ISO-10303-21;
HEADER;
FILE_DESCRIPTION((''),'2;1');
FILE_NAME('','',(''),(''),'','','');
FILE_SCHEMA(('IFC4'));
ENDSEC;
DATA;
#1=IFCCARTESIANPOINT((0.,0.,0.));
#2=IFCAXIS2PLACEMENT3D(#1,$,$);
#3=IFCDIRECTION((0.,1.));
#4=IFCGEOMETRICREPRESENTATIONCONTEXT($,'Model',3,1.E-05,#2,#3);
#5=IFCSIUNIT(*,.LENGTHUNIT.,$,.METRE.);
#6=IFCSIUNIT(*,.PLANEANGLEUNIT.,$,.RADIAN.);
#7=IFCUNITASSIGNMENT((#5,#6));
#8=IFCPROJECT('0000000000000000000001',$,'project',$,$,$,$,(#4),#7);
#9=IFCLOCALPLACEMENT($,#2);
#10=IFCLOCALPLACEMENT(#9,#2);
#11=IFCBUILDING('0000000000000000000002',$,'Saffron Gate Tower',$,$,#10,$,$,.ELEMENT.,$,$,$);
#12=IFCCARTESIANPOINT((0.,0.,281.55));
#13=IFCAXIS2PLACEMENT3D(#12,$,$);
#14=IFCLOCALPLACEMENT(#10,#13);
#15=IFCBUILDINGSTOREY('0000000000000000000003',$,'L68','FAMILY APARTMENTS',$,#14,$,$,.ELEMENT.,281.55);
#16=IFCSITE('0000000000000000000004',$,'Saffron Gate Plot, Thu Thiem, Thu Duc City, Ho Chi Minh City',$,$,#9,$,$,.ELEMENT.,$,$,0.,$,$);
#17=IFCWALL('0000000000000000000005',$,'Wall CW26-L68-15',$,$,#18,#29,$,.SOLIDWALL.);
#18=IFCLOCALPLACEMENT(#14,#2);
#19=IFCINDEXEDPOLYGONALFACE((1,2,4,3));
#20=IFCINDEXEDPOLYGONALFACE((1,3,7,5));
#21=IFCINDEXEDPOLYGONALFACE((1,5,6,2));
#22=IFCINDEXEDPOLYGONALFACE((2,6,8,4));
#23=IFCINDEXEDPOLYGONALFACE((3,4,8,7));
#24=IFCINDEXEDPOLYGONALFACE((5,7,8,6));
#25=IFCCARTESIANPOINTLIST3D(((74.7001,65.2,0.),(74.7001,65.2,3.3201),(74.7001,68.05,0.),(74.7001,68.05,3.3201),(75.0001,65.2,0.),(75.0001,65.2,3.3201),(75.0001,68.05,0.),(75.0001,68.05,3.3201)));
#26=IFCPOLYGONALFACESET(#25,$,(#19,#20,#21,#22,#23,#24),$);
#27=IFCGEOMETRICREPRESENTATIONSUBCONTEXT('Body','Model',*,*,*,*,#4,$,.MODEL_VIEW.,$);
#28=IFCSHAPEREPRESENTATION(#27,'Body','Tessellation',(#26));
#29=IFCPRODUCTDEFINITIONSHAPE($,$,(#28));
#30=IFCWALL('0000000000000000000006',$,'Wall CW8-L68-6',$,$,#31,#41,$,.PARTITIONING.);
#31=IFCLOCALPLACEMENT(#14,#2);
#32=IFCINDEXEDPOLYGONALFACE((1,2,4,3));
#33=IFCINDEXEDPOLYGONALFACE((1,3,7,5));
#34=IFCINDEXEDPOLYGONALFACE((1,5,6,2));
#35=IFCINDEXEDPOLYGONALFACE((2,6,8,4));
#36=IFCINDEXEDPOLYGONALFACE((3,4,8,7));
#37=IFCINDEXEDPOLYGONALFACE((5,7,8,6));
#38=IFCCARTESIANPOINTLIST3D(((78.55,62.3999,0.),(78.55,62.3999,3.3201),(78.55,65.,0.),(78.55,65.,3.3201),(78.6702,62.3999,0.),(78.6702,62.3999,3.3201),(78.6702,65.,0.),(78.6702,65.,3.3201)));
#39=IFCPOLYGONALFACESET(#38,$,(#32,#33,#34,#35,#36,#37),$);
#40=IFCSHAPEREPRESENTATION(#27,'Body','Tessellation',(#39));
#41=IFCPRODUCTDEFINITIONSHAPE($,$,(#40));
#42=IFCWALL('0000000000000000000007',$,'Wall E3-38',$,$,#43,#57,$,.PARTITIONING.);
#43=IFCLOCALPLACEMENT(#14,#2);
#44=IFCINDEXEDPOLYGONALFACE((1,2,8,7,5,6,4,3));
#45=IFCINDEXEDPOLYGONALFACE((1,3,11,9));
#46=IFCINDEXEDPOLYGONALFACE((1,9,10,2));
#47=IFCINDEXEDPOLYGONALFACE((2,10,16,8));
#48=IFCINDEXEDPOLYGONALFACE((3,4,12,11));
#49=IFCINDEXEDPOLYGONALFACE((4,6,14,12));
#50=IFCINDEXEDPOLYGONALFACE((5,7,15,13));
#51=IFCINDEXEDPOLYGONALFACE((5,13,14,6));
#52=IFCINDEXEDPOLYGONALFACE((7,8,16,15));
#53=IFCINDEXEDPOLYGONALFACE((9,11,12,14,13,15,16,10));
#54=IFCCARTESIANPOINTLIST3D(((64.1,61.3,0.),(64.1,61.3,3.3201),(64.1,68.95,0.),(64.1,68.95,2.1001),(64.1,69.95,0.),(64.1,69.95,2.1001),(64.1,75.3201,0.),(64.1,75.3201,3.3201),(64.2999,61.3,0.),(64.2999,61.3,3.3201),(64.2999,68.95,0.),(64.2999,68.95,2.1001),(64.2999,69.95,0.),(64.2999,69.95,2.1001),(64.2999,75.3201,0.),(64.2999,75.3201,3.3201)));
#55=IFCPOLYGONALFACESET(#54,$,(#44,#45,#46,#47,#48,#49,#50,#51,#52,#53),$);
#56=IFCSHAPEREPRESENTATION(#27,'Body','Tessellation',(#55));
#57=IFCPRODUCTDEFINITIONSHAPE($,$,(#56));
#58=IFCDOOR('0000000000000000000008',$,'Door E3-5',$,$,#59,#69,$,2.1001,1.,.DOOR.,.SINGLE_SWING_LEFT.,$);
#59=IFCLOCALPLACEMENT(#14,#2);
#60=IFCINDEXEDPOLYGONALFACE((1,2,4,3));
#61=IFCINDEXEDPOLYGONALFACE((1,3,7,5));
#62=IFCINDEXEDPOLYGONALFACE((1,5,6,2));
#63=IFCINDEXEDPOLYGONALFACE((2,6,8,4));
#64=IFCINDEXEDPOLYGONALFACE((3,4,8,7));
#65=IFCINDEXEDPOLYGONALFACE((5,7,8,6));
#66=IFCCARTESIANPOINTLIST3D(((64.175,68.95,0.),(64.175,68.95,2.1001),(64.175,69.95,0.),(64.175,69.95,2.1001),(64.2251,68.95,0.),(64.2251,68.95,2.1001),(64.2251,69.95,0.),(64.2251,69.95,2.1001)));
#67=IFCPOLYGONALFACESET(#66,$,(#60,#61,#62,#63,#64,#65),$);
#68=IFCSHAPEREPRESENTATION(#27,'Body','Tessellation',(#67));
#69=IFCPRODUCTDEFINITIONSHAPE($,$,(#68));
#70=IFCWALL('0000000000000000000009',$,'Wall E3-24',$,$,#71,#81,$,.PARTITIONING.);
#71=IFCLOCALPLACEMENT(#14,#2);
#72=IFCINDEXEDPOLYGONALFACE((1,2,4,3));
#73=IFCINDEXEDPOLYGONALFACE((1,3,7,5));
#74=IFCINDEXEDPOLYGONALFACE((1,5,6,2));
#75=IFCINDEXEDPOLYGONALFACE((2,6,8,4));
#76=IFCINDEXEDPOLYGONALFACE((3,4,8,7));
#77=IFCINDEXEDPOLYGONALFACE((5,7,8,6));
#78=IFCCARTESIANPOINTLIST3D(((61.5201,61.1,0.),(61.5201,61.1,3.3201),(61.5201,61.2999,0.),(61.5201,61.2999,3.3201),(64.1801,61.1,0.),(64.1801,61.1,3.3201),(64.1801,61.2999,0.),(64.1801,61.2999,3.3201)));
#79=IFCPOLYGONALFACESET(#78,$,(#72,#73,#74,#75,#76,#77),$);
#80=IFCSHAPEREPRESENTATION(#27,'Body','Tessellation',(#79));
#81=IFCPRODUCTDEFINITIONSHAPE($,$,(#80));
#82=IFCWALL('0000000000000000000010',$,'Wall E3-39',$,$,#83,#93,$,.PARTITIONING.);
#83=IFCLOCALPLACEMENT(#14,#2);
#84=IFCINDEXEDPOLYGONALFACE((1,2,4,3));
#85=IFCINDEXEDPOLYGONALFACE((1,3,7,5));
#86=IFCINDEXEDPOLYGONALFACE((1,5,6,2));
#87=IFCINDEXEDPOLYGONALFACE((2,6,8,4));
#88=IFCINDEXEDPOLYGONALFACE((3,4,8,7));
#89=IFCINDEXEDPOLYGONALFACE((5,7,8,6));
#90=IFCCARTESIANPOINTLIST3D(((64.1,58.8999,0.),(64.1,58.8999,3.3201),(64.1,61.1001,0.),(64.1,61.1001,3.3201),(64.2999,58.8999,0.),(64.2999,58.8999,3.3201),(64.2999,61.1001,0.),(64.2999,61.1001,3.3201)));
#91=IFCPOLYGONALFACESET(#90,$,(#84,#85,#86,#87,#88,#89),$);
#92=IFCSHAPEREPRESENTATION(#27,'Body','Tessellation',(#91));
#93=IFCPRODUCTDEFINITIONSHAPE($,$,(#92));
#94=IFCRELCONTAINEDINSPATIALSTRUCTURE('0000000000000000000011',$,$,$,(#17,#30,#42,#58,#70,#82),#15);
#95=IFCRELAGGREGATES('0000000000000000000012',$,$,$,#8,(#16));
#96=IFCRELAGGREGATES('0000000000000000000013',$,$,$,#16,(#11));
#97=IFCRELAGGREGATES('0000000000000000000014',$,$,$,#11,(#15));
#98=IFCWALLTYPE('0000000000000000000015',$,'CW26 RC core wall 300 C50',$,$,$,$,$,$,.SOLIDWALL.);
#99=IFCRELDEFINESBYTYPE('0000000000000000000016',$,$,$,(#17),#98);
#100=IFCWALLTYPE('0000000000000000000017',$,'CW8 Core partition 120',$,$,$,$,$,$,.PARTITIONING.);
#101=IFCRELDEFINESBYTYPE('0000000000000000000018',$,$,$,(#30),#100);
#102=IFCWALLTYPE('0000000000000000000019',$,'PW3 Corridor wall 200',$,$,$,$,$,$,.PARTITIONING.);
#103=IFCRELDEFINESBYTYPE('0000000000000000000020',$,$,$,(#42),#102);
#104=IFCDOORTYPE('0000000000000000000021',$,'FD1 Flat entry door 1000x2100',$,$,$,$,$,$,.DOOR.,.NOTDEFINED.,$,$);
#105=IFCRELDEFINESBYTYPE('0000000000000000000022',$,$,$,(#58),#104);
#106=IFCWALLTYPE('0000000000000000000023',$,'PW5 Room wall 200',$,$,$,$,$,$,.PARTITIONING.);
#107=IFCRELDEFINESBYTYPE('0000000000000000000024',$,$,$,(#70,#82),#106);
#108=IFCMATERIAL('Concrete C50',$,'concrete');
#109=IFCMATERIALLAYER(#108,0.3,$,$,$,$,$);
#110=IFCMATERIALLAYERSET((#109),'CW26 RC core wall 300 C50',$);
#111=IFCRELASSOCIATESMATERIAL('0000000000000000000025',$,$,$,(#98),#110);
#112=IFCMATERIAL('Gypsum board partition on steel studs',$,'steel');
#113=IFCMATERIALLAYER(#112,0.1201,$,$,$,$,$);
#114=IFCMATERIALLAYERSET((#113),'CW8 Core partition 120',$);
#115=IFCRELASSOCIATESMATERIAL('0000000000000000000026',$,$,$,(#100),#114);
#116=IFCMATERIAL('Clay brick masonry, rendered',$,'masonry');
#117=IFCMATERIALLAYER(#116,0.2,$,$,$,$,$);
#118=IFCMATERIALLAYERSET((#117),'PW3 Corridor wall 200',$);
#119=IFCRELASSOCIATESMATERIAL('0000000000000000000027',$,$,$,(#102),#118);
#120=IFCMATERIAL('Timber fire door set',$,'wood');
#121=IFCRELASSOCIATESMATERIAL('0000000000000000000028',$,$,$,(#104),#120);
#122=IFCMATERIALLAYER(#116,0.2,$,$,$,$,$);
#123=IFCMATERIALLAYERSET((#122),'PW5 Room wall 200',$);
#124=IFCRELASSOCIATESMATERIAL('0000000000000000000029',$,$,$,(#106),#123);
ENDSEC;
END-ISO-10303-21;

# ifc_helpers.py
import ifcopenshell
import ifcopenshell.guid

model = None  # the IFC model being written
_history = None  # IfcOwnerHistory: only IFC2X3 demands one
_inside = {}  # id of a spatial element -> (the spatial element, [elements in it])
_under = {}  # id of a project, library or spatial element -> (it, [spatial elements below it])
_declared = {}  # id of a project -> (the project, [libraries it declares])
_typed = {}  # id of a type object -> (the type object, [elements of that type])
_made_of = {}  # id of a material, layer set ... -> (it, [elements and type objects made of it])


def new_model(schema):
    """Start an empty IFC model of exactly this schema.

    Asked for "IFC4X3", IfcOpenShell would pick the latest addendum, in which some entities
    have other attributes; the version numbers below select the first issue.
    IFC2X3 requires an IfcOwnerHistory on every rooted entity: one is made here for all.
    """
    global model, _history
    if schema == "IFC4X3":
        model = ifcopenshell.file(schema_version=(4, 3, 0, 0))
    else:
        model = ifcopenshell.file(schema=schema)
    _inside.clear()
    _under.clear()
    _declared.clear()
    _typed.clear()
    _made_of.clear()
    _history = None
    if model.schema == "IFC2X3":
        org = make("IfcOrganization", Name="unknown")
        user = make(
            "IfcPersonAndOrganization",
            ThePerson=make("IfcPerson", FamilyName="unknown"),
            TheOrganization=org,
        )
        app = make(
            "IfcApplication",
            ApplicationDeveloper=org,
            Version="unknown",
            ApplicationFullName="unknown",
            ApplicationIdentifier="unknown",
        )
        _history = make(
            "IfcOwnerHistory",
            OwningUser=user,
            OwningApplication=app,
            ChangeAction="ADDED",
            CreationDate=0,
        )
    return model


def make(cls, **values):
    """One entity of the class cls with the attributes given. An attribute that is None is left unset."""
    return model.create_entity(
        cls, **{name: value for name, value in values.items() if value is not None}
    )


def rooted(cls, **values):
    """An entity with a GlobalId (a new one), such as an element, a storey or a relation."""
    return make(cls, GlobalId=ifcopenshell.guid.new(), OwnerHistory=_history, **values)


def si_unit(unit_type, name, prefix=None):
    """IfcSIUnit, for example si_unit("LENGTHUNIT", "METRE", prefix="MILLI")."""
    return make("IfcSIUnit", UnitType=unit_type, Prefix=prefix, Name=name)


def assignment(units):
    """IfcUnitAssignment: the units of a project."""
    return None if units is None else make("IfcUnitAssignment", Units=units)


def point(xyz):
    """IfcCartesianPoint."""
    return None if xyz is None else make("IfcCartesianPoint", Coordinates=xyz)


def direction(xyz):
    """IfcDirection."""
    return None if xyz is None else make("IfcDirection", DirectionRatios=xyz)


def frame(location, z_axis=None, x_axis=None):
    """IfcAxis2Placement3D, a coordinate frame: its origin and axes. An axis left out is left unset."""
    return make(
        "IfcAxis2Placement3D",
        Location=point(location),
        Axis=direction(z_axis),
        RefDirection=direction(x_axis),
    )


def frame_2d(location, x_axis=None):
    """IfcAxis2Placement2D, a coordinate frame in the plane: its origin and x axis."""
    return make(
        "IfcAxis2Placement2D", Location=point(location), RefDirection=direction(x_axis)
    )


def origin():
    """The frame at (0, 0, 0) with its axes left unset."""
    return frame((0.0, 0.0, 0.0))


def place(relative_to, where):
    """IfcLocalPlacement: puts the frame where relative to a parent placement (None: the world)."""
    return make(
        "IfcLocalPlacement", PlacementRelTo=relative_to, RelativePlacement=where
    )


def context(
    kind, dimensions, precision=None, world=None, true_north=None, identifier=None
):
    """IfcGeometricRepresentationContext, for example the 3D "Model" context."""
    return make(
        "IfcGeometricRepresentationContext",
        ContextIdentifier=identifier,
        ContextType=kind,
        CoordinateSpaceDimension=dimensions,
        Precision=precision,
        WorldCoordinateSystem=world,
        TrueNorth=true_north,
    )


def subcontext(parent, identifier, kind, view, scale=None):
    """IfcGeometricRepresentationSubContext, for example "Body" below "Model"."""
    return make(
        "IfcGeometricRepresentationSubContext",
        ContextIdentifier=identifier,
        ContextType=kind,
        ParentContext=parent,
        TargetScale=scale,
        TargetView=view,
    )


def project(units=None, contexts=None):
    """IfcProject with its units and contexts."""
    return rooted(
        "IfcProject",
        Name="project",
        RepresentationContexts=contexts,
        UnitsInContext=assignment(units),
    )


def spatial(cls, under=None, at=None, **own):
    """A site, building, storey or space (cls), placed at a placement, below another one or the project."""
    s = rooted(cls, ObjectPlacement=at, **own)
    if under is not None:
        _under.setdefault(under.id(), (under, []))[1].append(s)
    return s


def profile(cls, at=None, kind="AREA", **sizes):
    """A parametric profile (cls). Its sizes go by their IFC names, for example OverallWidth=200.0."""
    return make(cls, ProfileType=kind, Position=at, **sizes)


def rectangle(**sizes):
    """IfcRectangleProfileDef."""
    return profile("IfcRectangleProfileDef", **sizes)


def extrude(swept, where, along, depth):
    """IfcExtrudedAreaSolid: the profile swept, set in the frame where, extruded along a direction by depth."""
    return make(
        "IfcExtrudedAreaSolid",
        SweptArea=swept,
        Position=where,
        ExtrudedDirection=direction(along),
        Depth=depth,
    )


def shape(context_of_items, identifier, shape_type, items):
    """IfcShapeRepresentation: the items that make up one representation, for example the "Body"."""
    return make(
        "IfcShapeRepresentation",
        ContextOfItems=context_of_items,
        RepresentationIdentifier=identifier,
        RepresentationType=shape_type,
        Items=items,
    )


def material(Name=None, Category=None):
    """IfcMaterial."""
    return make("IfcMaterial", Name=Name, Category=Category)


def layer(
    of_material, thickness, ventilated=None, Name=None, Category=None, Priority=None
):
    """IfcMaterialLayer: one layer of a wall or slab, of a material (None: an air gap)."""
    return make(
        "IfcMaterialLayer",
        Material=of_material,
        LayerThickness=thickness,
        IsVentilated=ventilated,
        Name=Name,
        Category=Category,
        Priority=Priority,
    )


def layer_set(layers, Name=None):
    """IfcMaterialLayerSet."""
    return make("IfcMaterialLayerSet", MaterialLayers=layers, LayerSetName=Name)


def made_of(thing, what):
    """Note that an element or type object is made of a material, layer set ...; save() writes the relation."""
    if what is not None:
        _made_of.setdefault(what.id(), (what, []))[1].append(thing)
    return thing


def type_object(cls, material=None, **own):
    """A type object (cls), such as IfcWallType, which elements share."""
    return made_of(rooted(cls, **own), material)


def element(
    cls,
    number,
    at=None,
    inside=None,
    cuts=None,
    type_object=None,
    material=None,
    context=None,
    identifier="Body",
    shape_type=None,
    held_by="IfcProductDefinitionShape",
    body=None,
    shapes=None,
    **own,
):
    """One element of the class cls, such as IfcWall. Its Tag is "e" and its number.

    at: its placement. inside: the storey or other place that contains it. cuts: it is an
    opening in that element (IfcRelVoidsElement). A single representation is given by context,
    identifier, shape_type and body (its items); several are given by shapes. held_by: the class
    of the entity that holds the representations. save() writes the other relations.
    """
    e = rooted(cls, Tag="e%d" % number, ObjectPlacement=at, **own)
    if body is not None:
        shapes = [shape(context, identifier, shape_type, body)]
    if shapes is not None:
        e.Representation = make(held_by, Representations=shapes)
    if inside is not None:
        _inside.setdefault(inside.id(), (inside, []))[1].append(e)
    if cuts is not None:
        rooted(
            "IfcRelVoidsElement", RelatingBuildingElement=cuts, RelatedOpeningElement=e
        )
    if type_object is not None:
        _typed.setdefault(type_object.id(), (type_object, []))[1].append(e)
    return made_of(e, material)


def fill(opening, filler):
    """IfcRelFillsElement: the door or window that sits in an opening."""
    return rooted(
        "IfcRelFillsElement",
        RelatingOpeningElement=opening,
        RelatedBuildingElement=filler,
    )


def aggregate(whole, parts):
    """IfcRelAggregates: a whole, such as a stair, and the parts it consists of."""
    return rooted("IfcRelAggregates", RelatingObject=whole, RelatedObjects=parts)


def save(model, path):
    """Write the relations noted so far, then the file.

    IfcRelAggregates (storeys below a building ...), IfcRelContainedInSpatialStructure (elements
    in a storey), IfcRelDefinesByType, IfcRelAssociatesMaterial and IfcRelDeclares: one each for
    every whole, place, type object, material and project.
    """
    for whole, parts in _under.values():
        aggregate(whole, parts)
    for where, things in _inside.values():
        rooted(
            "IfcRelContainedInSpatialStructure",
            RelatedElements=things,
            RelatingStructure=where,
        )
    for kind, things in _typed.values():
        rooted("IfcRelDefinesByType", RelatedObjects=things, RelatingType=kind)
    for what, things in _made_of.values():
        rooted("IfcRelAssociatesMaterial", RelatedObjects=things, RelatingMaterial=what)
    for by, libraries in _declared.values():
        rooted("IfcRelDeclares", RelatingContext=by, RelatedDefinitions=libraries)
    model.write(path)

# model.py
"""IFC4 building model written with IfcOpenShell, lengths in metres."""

from ifc_helpers import new_model, si_unit, direction, frame, frame_2d, origin, place, context, subcontext, project, spatial, rectangle, extrude, material, layer, layer_set, type_object, element, fill, save


model = new_model("IFC4")

# Units and contexts
model_context = context("Model", 3, precision=1e-05, world=origin(), true_north=direction((0.0, 1.0)))
body_context = subcontext(model_context, "Body", "Model", "MODEL_VIEW")
ifc_project = project(units=[si_unit("LENGTHUNIT", "METRE"), si_unit("PLANEANGLEUNIT", "RADIAN")], contexts=[model_context])

# Site, building, storey
site_placement = place(None, origin())
site = spatial("IfcSite", under=ifc_project, at=site_placement, Name="Saffron Gate Plot, Thu Thiem, Thu Duc City, Ho Chi Minh City", CompositionType="ELEMENT", RefElevation=0.0)
building_placement = place(site_placement, origin())
building = spatial("IfcBuilding", under=site, at=building_placement, Name="Saffron Gate Tower", CompositionType="ELEMENT")
storey_placement = place(building_placement, frame((0.0, 0.0, 281.55)))
storey = spatial("IfcBuildingStorey", under=building, at=storey_placement, Name="L68", Description="FAMILY APARTMENTS", CompositionType="ELEMENT", Elevation=281.55)

# Shared definitions
ifc_material_1 = material(Name="Concrete C50", Category="concrete")

# Walls
ifc_layer_1 = layer(ifc_material_1, 0.3)
ifc_layer_set_1 = layer_set([ifc_layer_1], Name="CW26 RC core wall 300 C50")
wall_type_1 = type_object("IfcWallType", Name="CW26 RC core wall 300 C50", PredefinedType="SOLIDWALL", material=ifc_layer_set_1)
wall_1_placement = place(storey_placement, frame((74.8501, 65.2, 0.0), z_axis=(0.0, 0.0, 1.0), x_axis=(0.0, 1.0, 0.0)))
element("IfcWall", 1, at=wall_1_placement, inside=storey, type_object=wall_type_1, Name="Wall CW26-L68-15", PredefinedType="SOLIDWALL", context=body_context, shape_type="SweptSolid", body=[
    extrude(rectangle(XDim=2.8501, YDim=0.3, at=frame_2d((1.425, 0.0))), origin(), (0.0, 0.0, 1.0), 3.3201),
])
ifc_material_2 = material(Name="Gypsum board partition on steel studs", Category="steel")
ifc_layer_2 = layer(ifc_material_2, 0.1201)
ifc_layer_set_2 = layer_set([ifc_layer_2], Name="CW8 Core partition 120")
wall_type_2 = type_object("IfcWallType", Name="CW8 Core partition 120", PredefinedType="PARTITIONING", material=ifc_layer_set_2)
wall_2_placement = place(storey_placement, frame((78.6101, 62.3999, 0.0), z_axis=(0.0, 0.0, 1.0), x_axis=(0.0, 1.0, 0.0)))
element("IfcWall", 2, at=wall_2_placement, inside=storey, type_object=wall_type_2, Name="Wall CW8-L68-6", PredefinedType="PARTITIONING", context=body_context, shape_type="SweptSolid", body=[
    extrude(rectangle(XDim=2.6001, YDim=0.1201, at=frame_2d((1.3, 0.0))), origin(), (0.0, 0.0, 1.0), 3.3201),
])

# Wall, opening, door
ifc_material_3 = material(Name="Clay brick masonry, rendered", Category="masonry")
ifc_layer_3 = layer(ifc_material_3, 0.2)
ifc_layer_set_3 = layer_set([ifc_layer_3], Name="PW3 Corridor wall 200")
wall_type_3 = type_object("IfcWallType", Name="PW3 Corridor wall 200", PredefinedType="PARTITIONING", material=ifc_layer_set_3)
wall_3_placement = place(storey_placement, frame((64.2, 61.3, 0.0), z_axis=(0.0, 0.0, 1.0), x_axis=(0.0, 1.0, 0.0)))
wall_3 = element("IfcWall", 3, at=wall_3_placement, inside=storey, type_object=wall_type_3, Name="Wall E3-38", PredefinedType="PARTITIONING", context=body_context, shape_type="SweptSolid", body=[
    extrude(rectangle(XDim=14.02, YDim=0.2, at=frame_2d((7.01, 0.0))), origin(), (0.0, 0.0, 1.0), 3.3201),
])
opening_1_placement = place(wall_3_placement, frame((7.6499, 0.0, 0.0)))
opening_1 = element("IfcOpeningElement", 4, at=opening_1_placement, cuts=wall_3, PredefinedType="OPENING", context=body_context, shape_type="SweptSolid", body=[
    extrude(rectangle(XDim=1.0, YDim=2.1001, at=frame_2d((0.5, 1.05))), frame((0.0, 0.1099, 0.0), z_axis=(0.0, -1.0, 0.0), x_axis=(1.0, 0.0, 0.0)), (0.0, 0.0, 1.0), 0.22),
])
ifc_material_4 = material(Name="Timber fire door set", Category="wood")
door_type_1 = type_object("IfcDoorType", Name="FD1 Flat entry door 1000x2100", OperationType="NOTDEFINED", PredefinedType="DOOR", material=ifc_material_4)
door_1_placement = place(opening_1_placement, origin())
door_1 = element("IfcDoor", 5, at=door_1_placement, inside=storey, type_object=door_type_1, Name="Door E3-5", OperationType="SINGLE_SWING_LEFT", OverallHeight=2.1001, OverallWidth=1.0, PredefinedType="DOOR", context=body_context, shape_type="SweptSolid", body=[
    extrude(rectangle(XDim=1.0, YDim=2.1001, at=frame_2d((0.5, 1.05))), frame((0.0, 0.0249, 0.0), z_axis=(0.0, -1.0, 0.0), x_axis=(1.0, 0.0, 0.0)), (0.0, 0.0, 1.0), 0.05),
])
fill(opening_1, door_1)

# Walls
ifc_layer_4 = layer(ifc_material_3, 0.2)
ifc_layer_set_4 = layer_set([ifc_layer_4], Name="PW5 Room wall 200")
wall_type_4 = type_object("IfcWallType", Name="PW5 Room wall 200", PredefinedType="PARTITIONING", material=ifc_layer_set_4)
wall_4_placement = place(storey_placement, frame((61.52, 61.2, 0.0), z_axis=(0.0, 0.0, 1.0), x_axis=(1.0, 0.0, 0.0)))
element("IfcWall", 6, at=wall_4_placement, inside=storey, type_object=wall_type_4, Name="Wall E3-24", PredefinedType="PARTITIONING", context=body_context, shape_type="SweptSolid", body=[
    extrude(rectangle(XDim=2.6599, YDim=0.2, at=frame_2d((1.3301, 0.0))), origin(), (0.0, 0.0, 1.0), 3.3201),
])
wall_5_placement = place(storey_placement, frame((64.2, 61.1001, 0.0), z_axis=(0.0, 0.0, 1.0), x_axis=(0.0, -1.0, 0.0)))
element("IfcWall", 7, at=wall_5_placement, inside=storey, type_object=wall_type_4, Name="Wall E3-39", PredefinedType="PARTITIONING", context=body_context, shape_type="SweptSolid", body=[
    extrude(rectangle(XDim=2.2002, YDim=0.2, at=frame_2d((1.1001, 0.0))), origin(), (0.0, 0.0, 1.0), 3.3201),
])

save(model, "model.ifc")
